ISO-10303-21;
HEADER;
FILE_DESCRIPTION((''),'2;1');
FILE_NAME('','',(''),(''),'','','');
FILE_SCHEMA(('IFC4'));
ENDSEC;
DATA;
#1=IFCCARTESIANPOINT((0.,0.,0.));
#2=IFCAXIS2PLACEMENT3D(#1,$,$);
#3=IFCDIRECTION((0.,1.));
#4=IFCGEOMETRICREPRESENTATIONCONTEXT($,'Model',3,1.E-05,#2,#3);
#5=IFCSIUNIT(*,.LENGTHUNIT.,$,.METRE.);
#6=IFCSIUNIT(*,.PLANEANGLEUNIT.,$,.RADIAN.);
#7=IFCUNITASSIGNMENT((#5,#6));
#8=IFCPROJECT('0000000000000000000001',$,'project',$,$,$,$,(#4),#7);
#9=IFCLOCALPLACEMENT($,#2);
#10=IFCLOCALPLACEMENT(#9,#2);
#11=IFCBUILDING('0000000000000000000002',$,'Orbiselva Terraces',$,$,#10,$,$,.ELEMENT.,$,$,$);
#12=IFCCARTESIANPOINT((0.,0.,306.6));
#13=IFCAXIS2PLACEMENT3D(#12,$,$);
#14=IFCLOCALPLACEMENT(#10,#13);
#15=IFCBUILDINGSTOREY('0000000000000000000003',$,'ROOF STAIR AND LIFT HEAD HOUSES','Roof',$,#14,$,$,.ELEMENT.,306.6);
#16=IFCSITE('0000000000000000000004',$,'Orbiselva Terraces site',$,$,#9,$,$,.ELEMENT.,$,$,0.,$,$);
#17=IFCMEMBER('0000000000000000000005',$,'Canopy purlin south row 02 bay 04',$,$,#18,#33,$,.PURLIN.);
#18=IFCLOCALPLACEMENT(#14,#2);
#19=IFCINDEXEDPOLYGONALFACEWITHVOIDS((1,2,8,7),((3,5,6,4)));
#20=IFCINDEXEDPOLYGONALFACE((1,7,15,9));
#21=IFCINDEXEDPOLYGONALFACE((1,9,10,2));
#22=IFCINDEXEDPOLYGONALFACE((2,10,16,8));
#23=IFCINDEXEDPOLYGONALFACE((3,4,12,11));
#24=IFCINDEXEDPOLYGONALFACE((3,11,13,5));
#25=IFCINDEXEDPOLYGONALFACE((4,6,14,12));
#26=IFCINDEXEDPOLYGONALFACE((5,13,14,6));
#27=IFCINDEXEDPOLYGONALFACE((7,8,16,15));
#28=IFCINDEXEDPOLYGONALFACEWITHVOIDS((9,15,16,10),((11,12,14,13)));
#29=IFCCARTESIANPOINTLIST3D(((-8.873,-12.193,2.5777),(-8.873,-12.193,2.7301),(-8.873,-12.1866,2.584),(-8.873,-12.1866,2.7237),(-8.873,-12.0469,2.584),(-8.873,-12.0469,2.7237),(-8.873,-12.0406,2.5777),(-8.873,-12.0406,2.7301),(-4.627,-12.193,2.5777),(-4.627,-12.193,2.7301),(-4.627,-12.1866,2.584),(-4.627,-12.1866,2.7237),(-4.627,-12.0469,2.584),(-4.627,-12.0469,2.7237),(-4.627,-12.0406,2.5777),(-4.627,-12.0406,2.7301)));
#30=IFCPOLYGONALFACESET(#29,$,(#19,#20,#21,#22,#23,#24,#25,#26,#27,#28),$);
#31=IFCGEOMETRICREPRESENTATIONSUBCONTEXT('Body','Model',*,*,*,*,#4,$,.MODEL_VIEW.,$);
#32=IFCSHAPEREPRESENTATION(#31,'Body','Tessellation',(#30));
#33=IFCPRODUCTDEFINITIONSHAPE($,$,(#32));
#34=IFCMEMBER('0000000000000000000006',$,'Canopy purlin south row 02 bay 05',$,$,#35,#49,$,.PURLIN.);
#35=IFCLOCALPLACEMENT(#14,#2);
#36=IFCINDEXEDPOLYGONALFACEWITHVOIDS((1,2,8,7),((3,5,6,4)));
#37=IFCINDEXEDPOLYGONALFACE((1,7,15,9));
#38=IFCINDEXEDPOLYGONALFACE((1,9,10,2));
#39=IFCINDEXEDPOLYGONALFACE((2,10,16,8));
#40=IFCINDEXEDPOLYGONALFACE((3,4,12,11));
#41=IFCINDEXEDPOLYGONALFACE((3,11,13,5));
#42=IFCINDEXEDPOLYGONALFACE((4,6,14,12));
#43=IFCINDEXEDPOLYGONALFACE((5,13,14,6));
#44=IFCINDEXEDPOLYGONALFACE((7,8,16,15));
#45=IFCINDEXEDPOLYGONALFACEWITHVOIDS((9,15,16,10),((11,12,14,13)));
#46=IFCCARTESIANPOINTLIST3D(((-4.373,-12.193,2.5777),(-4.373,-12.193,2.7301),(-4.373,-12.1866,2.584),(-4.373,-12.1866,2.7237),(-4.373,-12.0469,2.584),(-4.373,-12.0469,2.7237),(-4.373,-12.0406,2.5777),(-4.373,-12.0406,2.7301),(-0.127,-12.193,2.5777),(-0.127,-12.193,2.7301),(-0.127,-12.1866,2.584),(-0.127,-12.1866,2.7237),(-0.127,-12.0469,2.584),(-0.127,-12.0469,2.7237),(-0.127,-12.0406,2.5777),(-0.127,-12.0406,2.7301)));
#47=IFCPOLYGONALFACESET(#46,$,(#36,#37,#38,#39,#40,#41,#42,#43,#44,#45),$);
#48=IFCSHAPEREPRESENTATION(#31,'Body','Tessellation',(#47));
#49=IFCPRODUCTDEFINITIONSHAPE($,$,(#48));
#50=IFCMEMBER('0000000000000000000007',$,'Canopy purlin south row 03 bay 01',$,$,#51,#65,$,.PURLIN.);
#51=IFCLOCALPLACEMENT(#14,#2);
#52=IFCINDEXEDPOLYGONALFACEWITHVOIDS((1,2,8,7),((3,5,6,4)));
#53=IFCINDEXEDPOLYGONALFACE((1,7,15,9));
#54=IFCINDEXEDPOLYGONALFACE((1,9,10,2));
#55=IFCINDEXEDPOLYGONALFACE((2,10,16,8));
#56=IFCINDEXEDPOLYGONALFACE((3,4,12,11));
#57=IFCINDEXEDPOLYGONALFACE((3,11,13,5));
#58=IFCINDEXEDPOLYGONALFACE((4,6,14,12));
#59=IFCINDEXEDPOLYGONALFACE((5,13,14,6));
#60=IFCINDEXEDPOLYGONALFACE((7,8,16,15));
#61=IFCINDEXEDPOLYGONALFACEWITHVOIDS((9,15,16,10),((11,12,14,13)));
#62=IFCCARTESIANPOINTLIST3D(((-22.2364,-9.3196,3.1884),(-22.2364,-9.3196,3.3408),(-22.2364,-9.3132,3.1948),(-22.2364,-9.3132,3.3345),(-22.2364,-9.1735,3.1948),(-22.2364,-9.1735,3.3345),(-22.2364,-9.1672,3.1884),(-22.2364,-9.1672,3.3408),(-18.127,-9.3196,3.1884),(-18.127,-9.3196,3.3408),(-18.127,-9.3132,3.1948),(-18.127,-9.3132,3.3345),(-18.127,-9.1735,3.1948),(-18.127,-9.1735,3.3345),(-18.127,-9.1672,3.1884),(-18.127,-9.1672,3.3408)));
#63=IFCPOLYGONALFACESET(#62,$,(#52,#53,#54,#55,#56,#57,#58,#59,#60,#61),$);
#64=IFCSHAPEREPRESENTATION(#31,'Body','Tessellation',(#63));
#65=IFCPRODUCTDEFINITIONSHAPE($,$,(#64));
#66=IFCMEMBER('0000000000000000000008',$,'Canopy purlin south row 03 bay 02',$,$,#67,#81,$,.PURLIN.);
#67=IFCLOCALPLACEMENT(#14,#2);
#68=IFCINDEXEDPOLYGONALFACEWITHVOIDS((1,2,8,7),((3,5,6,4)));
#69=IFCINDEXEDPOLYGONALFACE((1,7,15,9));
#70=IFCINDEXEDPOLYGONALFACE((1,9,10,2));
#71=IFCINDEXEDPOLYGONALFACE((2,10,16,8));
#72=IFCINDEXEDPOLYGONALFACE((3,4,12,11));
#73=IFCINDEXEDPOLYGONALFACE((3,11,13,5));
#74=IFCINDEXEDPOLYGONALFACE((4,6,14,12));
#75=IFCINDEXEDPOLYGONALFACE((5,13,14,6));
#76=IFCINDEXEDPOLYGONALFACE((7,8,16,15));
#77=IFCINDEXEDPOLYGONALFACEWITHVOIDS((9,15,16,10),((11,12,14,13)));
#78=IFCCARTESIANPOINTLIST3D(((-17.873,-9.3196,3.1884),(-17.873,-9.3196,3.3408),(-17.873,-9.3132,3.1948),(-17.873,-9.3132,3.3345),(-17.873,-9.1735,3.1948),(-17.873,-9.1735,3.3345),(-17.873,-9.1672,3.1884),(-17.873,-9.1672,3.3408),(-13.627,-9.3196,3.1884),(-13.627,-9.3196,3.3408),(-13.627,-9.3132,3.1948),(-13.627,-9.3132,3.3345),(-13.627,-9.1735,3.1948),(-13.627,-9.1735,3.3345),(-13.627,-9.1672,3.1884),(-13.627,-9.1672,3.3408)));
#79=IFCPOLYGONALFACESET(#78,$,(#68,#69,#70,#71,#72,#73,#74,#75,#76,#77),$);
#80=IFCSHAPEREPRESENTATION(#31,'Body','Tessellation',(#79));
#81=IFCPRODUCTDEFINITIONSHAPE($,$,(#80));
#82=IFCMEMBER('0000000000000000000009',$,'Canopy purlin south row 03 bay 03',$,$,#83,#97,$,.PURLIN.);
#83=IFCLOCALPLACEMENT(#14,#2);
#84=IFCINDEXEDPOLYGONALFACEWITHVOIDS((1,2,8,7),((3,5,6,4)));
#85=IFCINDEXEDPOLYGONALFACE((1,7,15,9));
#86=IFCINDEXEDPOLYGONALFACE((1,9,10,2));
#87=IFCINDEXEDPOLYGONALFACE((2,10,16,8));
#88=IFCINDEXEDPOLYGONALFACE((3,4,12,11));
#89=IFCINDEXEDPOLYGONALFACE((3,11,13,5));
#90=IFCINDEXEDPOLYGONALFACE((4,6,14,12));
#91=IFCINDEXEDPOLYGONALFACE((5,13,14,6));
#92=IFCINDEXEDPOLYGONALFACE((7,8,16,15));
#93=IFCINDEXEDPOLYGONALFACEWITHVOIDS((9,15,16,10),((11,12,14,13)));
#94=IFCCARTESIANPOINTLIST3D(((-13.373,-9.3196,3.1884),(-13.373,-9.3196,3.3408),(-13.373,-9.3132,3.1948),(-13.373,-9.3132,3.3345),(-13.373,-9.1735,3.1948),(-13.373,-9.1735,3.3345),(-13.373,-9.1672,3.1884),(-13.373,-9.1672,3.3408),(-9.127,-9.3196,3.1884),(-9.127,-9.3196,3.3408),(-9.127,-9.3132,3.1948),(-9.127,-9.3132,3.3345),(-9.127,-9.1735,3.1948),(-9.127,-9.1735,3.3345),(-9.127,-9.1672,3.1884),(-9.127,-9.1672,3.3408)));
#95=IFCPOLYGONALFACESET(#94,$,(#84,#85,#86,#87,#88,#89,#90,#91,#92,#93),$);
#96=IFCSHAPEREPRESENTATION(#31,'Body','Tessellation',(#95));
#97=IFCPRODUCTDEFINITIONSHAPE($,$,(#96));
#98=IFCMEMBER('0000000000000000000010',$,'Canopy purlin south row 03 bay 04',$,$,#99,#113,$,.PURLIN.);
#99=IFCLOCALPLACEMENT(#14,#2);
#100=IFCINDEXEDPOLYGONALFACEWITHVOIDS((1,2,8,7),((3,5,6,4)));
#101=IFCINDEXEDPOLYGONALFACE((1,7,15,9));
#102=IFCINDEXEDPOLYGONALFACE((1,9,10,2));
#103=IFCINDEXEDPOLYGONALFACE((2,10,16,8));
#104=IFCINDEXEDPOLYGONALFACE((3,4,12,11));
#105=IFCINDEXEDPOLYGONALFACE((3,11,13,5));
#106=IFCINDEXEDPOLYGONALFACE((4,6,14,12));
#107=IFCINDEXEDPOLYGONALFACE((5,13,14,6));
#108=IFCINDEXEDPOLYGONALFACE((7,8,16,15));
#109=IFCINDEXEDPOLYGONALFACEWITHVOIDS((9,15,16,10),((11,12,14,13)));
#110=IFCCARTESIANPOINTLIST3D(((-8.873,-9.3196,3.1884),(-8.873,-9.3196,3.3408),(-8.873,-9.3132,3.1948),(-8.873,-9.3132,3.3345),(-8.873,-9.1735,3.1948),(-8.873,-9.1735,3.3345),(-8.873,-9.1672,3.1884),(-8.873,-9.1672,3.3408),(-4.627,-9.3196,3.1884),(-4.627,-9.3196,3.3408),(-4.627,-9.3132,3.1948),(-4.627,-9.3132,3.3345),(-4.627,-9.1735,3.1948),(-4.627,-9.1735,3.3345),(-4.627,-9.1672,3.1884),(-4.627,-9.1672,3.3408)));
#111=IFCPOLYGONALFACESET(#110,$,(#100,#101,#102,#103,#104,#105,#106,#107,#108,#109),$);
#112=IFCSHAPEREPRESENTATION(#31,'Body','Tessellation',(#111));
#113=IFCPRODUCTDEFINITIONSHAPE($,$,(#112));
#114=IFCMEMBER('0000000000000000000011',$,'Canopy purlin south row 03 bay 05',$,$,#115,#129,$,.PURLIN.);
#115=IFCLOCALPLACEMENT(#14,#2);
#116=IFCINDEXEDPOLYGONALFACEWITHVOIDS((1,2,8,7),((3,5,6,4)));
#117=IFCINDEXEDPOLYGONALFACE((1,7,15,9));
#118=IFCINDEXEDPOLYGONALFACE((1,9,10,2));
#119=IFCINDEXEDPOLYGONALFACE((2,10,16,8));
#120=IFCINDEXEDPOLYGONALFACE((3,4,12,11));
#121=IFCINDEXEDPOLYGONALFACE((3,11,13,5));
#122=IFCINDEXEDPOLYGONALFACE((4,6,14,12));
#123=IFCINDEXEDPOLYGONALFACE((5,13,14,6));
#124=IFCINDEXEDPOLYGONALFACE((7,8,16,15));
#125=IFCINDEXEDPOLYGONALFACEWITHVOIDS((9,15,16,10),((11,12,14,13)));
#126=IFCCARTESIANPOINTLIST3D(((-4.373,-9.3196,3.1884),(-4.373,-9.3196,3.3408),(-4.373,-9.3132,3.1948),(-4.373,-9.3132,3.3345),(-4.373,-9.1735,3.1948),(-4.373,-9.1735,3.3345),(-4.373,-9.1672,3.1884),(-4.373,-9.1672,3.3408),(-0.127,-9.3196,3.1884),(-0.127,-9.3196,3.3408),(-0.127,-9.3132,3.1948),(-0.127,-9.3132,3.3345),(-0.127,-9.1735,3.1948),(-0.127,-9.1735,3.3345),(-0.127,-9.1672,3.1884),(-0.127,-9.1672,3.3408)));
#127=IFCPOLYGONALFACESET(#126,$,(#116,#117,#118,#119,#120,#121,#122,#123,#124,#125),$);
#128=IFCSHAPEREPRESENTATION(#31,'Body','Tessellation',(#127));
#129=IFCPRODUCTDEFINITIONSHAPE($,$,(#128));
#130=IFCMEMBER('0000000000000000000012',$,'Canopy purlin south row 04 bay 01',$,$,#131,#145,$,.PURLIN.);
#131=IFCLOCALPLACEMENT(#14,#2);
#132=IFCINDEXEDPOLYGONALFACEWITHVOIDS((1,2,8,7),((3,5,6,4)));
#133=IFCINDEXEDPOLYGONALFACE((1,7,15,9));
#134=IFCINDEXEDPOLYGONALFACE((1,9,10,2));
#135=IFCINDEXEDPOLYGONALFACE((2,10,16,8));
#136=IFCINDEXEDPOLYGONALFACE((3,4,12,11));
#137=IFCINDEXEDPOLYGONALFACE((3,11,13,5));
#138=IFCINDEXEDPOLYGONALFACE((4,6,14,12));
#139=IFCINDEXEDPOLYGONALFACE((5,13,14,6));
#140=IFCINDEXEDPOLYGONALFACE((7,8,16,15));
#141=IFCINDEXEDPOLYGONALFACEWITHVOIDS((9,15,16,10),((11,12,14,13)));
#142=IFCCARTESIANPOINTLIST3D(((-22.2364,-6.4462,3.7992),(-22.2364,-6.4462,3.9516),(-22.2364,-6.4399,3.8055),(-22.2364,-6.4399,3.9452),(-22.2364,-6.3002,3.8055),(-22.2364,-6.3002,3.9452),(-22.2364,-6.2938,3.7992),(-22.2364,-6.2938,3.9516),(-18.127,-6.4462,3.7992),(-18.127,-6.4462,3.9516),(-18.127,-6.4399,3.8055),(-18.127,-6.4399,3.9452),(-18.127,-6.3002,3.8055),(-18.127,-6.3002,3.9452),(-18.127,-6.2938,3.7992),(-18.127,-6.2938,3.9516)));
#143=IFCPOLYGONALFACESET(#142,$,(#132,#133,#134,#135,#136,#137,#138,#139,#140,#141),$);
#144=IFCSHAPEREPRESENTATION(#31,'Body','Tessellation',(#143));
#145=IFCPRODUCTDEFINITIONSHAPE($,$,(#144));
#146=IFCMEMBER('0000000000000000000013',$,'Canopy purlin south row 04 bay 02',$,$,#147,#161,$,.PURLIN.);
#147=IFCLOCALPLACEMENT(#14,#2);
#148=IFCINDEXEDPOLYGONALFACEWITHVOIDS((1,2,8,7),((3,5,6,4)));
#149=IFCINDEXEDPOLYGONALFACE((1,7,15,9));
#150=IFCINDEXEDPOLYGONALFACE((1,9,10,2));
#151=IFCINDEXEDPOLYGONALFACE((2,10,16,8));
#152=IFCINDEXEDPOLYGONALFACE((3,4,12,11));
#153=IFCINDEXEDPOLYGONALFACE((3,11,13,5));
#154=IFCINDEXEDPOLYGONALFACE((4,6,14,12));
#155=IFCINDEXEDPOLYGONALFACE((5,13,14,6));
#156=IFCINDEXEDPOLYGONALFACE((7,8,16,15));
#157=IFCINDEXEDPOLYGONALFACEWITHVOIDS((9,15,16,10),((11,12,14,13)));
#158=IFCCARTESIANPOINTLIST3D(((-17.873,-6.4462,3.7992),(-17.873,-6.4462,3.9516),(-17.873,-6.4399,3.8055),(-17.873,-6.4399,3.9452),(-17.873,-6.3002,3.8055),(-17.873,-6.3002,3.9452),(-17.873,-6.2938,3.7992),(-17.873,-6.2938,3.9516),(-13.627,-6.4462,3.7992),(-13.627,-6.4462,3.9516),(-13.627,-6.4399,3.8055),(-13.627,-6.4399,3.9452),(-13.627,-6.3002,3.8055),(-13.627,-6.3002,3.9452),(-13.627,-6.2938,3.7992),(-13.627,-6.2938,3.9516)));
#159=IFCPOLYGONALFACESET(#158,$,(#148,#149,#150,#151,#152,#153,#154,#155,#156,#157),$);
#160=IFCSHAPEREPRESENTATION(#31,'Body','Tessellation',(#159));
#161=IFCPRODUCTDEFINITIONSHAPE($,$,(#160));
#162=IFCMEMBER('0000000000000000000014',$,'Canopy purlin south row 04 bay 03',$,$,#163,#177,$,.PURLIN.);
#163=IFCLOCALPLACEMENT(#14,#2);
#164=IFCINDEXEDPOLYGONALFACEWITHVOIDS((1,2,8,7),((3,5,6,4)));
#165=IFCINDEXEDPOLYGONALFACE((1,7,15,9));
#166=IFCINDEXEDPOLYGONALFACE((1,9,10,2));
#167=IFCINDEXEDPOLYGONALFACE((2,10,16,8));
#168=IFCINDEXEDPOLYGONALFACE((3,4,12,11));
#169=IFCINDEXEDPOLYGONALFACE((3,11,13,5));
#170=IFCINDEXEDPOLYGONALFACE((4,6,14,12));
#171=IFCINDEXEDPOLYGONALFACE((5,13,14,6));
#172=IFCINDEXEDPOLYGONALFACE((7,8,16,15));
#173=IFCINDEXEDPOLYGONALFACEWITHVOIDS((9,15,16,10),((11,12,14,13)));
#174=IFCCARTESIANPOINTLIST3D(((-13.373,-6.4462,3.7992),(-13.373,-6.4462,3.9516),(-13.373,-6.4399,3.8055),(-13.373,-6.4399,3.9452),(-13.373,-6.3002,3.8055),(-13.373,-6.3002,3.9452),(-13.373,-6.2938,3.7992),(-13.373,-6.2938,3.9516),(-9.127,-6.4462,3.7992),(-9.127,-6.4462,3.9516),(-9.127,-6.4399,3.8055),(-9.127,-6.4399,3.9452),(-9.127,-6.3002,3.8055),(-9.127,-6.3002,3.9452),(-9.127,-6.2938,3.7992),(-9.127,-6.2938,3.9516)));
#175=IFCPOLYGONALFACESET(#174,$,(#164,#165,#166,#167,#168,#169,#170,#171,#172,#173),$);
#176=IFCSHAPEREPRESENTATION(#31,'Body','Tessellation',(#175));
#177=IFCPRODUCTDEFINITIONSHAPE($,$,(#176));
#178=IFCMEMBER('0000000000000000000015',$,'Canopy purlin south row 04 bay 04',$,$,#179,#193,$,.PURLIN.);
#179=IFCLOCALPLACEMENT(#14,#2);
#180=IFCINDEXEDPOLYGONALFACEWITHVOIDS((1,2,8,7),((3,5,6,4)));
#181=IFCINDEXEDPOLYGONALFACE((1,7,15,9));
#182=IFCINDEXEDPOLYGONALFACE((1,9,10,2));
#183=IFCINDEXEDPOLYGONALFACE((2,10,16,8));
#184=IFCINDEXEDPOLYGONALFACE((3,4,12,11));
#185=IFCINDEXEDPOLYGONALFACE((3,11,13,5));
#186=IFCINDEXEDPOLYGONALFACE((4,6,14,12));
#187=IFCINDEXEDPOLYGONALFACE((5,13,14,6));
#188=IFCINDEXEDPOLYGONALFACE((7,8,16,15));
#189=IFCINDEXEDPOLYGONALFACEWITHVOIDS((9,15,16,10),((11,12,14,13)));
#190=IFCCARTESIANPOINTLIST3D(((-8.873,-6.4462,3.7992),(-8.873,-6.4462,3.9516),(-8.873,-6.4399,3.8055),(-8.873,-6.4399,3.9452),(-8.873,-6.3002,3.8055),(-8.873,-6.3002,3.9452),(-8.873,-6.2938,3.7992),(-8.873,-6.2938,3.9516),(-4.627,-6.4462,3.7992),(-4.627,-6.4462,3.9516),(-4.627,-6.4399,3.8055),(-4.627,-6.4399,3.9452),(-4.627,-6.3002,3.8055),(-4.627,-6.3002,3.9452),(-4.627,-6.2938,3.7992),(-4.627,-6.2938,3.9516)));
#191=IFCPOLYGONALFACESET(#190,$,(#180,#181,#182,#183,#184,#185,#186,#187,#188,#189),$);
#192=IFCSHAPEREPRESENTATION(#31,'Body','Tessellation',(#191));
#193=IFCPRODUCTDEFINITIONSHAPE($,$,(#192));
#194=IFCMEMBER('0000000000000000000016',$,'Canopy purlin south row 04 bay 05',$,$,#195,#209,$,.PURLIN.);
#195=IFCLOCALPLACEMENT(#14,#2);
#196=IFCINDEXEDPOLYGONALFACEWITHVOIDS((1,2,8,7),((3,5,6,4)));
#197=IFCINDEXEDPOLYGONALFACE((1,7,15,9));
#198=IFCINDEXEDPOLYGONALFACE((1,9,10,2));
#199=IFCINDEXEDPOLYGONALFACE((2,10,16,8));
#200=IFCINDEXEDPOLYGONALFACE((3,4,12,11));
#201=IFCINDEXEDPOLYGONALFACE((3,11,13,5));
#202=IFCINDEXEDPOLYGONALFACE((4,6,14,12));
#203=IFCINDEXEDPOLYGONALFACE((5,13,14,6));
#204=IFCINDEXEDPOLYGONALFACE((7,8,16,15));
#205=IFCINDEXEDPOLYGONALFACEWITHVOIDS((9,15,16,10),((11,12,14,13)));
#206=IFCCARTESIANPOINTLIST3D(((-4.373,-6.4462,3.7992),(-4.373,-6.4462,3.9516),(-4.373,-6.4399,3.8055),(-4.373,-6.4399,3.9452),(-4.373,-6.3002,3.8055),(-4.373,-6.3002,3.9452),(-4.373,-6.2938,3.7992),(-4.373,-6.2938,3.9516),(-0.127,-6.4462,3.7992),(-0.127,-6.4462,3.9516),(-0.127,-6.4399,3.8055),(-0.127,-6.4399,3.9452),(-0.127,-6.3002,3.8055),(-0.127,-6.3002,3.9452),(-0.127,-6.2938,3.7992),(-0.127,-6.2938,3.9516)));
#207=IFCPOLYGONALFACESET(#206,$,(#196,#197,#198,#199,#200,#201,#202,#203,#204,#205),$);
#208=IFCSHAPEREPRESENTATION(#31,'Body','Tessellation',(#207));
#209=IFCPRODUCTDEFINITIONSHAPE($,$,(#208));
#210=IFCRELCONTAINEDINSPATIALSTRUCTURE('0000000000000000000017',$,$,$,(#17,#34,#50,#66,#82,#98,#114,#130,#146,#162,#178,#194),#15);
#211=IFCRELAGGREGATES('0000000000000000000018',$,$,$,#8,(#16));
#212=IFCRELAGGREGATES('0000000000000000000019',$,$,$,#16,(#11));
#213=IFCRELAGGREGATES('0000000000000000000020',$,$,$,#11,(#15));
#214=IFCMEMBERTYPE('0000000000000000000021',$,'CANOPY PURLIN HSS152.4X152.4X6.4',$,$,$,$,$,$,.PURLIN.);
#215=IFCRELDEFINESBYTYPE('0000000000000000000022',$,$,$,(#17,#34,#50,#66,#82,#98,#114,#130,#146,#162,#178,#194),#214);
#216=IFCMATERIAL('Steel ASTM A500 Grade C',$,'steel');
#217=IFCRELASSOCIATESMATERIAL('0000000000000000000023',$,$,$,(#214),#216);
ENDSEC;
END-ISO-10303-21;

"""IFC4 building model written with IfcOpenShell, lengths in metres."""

from ifc_helpers import new_model, si_unit, direction, frame, origin, origin_2d, place, context, subcontext, project, spatial, hollow_rectangle, extrude, material, material_profile, profile_set, type_object, element, save


model = new_model("IFC4")

# Units and contexts
model_context = context("Model", 3, precision=1e-05, world=origin(), true_north=direction((0.0, 1.0)))
body_context = subcontext(model_context, "Body", "Model", "MODEL_VIEW")
ifc_project = project(units=[si_unit("LENGTHUNIT", "METRE"), si_unit("PLANEANGLEUNIT", "RADIAN")], contexts=[model_context])

# Site, building, storey
site_placement = place(None, origin())
site = spatial("IfcSite", under=ifc_project, at=site_placement, Name="Orbiselva Terraces site", CompositionType="ELEMENT", RefElevation=0.0)
building_placement = place(site_placement, origin())
building = spatial("IfcBuilding", under=site, at=building_placement, Name="Orbiselva Terraces", CompositionType="ELEMENT")
storey_placement = place(building_placement, frame((0.0, 0.0, 306.6)))
storey = spatial("IfcBuildingStorey", under=building, at=storey_placement, Name="ROOF STAIR AND LIFT HEAD HOUSES", Description="Roof", CompositionType="ELEMENT", Elevation=306.6)

# Shared definitions
ifc_material = material(Name="Steel ASTM A500 Grade C", Category="steel")

# Members
ifc_material_profile_1 = material_profile(ifc_material, hollow_rectangle(XDim=0.1524, YDim=0.1524, WallThickness=0.0063, at=origin_2d()), Name="HSS152.4X152.4X6.4")
ifc_profile_set_1 = profile_set([ifc_material_profile_1], Name="Steel ASTM A500 Grade C")
member_type_1 = type_object("IfcMemberType", Name="CANOPY PURLIN HSS152.4X152.4X6.4", PredefinedType="PURLIN", material=ifc_profile_set_1)
for number, where, z_axis, x_axis, name in (
    (1, (-8.873, -12.1167, 2.6539), (1.0, 0.0, 0.0), (0.0, 1.0, 0.0), "Canopy purlin south row 02 bay 04"),
    (2, (-4.373, -12.1167, 2.6539), (1.0, 0.0, 0.0), (0.0, 1.0, 0.0), "Canopy purlin south row 02 bay 05"),
):
    element("IfcMember", number, at=place(storey_placement, frame(where, z_axis=z_axis, x_axis=x_axis)), inside=storey, type_object=member_type_1, Name=name, PredefinedType="PURLIN", context=body_context, shape_type="SweptSolid", body=[
        extrude(hollow_rectangle(XDim=0.1524, YDim=0.1524, WallThickness=0.0063, at=origin_2d()), origin(), (0.0, 0.0, 1.0), 4.246),
    ])
member_1_placement = place(storey_placement, frame((-22.2365, -9.2434, 3.2646), z_axis=(1.0, 0.0, 0.0), x_axis=(0.0, 1.0, 0.0)))
element("IfcMember", 3, at=member_1_placement, inside=storey, type_object=member_type_1, Name="Canopy purlin south row 03 bay 01", PredefinedType="PURLIN", context=body_context, shape_type="SweptSolid", body=[
    extrude(hollow_rectangle(XDim=0.1524, YDim=0.1524, WallThickness=0.0063, at=origin_2d()), origin(), (0.0, 0.0, 1.0), 4.1094),
])
for number, where, z_axis, x_axis, name in (
    (4, (-17.873, -9.2434, 3.2646), (1.0, 0.0, 0.0), (0.0, 1.0, 0.0), "Canopy purlin south row 03 bay 02"),
    (5, (-13.373, -9.2434, 3.2646), (1.0, 0.0, 0.0), (0.0, 1.0, 0.0), "Canopy purlin south row 03 bay 03"),
    (6, (-8.873, -9.2434, 3.2646), (1.0, 0.0, 0.0), (0.0, 1.0, 0.0), "Canopy purlin south row 03 bay 04"),
    (7, (-4.373, -9.2434, 3.2646), (1.0, 0.0, 0.0), (0.0, 1.0, 0.0), "Canopy purlin south row 03 bay 05"),
):
    element("IfcMember", number, at=place(storey_placement, frame(where, z_axis=z_axis, x_axis=x_axis)), inside=storey, type_object=member_type_1, Name=name, PredefinedType="PURLIN", context=body_context, shape_type="SweptSolid", body=[
        extrude(hollow_rectangle(XDim=0.1524, YDim=0.1524, WallThickness=0.0063, at=origin_2d()), origin(), (0.0, 0.0, 1.0), 4.246),
    ])
member_2_placement = place(storey_placement, frame((-22.2365, -6.37, 3.8754), z_axis=(1.0, 0.0, 0.0), x_axis=(0.0, 1.0, 0.0)))
element("IfcMember", 8, at=member_2_placement, inside=storey, type_object=member_type_1, Name="Canopy purlin south row 04 bay 01", PredefinedType="PURLIN", context=body_context, shape_type="SweptSolid", body=[
    extrude(hollow_rectangle(XDim=0.1524, YDim=0.1524, WallThickness=0.0063, at=origin_2d()), origin(), (0.0, 0.0, 1.0), 4.1094),
])
for number, where, z_axis, x_axis, name in (
    (9, (-17.873, -6.37, 3.8754), (1.0, 0.0, 0.0), (0.0, 1.0, 0.0), "Canopy purlin south row 04 bay 02"),
    (10, (-13.373, -6.37, 3.8754), (1.0, 0.0, 0.0), (0.0, 1.0, 0.0), "Canopy purlin south row 04 bay 03"),
    (11, (-8.873, -6.37, 3.8754), (1.0, 0.0, 0.0), (0.0, 1.0, 0.0), "Canopy purlin south row 04 bay 04"),
    (12, (-4.373, -6.37, 3.8754), (1.0, 0.0, 0.0), (0.0, 1.0, 0.0), "Canopy purlin south row 04 bay 05"),
):
    element("IfcMember", number, at=place(storey_placement, frame(where, z_axis=z_axis, x_axis=x_axis)), inside=storey, type_object=member_type_1, Name=name, PredefinedType="PURLIN", context=body_context, shape_type="SweptSolid", body=[
        extrude(hollow_rectangle(XDim=0.1524, YDim=0.1524, WallThickness=0.0063, at=origin_2d()), origin(), (0.0, 0.0, 1.0), 4.246),
    ])

save(model, "model.ifc")
